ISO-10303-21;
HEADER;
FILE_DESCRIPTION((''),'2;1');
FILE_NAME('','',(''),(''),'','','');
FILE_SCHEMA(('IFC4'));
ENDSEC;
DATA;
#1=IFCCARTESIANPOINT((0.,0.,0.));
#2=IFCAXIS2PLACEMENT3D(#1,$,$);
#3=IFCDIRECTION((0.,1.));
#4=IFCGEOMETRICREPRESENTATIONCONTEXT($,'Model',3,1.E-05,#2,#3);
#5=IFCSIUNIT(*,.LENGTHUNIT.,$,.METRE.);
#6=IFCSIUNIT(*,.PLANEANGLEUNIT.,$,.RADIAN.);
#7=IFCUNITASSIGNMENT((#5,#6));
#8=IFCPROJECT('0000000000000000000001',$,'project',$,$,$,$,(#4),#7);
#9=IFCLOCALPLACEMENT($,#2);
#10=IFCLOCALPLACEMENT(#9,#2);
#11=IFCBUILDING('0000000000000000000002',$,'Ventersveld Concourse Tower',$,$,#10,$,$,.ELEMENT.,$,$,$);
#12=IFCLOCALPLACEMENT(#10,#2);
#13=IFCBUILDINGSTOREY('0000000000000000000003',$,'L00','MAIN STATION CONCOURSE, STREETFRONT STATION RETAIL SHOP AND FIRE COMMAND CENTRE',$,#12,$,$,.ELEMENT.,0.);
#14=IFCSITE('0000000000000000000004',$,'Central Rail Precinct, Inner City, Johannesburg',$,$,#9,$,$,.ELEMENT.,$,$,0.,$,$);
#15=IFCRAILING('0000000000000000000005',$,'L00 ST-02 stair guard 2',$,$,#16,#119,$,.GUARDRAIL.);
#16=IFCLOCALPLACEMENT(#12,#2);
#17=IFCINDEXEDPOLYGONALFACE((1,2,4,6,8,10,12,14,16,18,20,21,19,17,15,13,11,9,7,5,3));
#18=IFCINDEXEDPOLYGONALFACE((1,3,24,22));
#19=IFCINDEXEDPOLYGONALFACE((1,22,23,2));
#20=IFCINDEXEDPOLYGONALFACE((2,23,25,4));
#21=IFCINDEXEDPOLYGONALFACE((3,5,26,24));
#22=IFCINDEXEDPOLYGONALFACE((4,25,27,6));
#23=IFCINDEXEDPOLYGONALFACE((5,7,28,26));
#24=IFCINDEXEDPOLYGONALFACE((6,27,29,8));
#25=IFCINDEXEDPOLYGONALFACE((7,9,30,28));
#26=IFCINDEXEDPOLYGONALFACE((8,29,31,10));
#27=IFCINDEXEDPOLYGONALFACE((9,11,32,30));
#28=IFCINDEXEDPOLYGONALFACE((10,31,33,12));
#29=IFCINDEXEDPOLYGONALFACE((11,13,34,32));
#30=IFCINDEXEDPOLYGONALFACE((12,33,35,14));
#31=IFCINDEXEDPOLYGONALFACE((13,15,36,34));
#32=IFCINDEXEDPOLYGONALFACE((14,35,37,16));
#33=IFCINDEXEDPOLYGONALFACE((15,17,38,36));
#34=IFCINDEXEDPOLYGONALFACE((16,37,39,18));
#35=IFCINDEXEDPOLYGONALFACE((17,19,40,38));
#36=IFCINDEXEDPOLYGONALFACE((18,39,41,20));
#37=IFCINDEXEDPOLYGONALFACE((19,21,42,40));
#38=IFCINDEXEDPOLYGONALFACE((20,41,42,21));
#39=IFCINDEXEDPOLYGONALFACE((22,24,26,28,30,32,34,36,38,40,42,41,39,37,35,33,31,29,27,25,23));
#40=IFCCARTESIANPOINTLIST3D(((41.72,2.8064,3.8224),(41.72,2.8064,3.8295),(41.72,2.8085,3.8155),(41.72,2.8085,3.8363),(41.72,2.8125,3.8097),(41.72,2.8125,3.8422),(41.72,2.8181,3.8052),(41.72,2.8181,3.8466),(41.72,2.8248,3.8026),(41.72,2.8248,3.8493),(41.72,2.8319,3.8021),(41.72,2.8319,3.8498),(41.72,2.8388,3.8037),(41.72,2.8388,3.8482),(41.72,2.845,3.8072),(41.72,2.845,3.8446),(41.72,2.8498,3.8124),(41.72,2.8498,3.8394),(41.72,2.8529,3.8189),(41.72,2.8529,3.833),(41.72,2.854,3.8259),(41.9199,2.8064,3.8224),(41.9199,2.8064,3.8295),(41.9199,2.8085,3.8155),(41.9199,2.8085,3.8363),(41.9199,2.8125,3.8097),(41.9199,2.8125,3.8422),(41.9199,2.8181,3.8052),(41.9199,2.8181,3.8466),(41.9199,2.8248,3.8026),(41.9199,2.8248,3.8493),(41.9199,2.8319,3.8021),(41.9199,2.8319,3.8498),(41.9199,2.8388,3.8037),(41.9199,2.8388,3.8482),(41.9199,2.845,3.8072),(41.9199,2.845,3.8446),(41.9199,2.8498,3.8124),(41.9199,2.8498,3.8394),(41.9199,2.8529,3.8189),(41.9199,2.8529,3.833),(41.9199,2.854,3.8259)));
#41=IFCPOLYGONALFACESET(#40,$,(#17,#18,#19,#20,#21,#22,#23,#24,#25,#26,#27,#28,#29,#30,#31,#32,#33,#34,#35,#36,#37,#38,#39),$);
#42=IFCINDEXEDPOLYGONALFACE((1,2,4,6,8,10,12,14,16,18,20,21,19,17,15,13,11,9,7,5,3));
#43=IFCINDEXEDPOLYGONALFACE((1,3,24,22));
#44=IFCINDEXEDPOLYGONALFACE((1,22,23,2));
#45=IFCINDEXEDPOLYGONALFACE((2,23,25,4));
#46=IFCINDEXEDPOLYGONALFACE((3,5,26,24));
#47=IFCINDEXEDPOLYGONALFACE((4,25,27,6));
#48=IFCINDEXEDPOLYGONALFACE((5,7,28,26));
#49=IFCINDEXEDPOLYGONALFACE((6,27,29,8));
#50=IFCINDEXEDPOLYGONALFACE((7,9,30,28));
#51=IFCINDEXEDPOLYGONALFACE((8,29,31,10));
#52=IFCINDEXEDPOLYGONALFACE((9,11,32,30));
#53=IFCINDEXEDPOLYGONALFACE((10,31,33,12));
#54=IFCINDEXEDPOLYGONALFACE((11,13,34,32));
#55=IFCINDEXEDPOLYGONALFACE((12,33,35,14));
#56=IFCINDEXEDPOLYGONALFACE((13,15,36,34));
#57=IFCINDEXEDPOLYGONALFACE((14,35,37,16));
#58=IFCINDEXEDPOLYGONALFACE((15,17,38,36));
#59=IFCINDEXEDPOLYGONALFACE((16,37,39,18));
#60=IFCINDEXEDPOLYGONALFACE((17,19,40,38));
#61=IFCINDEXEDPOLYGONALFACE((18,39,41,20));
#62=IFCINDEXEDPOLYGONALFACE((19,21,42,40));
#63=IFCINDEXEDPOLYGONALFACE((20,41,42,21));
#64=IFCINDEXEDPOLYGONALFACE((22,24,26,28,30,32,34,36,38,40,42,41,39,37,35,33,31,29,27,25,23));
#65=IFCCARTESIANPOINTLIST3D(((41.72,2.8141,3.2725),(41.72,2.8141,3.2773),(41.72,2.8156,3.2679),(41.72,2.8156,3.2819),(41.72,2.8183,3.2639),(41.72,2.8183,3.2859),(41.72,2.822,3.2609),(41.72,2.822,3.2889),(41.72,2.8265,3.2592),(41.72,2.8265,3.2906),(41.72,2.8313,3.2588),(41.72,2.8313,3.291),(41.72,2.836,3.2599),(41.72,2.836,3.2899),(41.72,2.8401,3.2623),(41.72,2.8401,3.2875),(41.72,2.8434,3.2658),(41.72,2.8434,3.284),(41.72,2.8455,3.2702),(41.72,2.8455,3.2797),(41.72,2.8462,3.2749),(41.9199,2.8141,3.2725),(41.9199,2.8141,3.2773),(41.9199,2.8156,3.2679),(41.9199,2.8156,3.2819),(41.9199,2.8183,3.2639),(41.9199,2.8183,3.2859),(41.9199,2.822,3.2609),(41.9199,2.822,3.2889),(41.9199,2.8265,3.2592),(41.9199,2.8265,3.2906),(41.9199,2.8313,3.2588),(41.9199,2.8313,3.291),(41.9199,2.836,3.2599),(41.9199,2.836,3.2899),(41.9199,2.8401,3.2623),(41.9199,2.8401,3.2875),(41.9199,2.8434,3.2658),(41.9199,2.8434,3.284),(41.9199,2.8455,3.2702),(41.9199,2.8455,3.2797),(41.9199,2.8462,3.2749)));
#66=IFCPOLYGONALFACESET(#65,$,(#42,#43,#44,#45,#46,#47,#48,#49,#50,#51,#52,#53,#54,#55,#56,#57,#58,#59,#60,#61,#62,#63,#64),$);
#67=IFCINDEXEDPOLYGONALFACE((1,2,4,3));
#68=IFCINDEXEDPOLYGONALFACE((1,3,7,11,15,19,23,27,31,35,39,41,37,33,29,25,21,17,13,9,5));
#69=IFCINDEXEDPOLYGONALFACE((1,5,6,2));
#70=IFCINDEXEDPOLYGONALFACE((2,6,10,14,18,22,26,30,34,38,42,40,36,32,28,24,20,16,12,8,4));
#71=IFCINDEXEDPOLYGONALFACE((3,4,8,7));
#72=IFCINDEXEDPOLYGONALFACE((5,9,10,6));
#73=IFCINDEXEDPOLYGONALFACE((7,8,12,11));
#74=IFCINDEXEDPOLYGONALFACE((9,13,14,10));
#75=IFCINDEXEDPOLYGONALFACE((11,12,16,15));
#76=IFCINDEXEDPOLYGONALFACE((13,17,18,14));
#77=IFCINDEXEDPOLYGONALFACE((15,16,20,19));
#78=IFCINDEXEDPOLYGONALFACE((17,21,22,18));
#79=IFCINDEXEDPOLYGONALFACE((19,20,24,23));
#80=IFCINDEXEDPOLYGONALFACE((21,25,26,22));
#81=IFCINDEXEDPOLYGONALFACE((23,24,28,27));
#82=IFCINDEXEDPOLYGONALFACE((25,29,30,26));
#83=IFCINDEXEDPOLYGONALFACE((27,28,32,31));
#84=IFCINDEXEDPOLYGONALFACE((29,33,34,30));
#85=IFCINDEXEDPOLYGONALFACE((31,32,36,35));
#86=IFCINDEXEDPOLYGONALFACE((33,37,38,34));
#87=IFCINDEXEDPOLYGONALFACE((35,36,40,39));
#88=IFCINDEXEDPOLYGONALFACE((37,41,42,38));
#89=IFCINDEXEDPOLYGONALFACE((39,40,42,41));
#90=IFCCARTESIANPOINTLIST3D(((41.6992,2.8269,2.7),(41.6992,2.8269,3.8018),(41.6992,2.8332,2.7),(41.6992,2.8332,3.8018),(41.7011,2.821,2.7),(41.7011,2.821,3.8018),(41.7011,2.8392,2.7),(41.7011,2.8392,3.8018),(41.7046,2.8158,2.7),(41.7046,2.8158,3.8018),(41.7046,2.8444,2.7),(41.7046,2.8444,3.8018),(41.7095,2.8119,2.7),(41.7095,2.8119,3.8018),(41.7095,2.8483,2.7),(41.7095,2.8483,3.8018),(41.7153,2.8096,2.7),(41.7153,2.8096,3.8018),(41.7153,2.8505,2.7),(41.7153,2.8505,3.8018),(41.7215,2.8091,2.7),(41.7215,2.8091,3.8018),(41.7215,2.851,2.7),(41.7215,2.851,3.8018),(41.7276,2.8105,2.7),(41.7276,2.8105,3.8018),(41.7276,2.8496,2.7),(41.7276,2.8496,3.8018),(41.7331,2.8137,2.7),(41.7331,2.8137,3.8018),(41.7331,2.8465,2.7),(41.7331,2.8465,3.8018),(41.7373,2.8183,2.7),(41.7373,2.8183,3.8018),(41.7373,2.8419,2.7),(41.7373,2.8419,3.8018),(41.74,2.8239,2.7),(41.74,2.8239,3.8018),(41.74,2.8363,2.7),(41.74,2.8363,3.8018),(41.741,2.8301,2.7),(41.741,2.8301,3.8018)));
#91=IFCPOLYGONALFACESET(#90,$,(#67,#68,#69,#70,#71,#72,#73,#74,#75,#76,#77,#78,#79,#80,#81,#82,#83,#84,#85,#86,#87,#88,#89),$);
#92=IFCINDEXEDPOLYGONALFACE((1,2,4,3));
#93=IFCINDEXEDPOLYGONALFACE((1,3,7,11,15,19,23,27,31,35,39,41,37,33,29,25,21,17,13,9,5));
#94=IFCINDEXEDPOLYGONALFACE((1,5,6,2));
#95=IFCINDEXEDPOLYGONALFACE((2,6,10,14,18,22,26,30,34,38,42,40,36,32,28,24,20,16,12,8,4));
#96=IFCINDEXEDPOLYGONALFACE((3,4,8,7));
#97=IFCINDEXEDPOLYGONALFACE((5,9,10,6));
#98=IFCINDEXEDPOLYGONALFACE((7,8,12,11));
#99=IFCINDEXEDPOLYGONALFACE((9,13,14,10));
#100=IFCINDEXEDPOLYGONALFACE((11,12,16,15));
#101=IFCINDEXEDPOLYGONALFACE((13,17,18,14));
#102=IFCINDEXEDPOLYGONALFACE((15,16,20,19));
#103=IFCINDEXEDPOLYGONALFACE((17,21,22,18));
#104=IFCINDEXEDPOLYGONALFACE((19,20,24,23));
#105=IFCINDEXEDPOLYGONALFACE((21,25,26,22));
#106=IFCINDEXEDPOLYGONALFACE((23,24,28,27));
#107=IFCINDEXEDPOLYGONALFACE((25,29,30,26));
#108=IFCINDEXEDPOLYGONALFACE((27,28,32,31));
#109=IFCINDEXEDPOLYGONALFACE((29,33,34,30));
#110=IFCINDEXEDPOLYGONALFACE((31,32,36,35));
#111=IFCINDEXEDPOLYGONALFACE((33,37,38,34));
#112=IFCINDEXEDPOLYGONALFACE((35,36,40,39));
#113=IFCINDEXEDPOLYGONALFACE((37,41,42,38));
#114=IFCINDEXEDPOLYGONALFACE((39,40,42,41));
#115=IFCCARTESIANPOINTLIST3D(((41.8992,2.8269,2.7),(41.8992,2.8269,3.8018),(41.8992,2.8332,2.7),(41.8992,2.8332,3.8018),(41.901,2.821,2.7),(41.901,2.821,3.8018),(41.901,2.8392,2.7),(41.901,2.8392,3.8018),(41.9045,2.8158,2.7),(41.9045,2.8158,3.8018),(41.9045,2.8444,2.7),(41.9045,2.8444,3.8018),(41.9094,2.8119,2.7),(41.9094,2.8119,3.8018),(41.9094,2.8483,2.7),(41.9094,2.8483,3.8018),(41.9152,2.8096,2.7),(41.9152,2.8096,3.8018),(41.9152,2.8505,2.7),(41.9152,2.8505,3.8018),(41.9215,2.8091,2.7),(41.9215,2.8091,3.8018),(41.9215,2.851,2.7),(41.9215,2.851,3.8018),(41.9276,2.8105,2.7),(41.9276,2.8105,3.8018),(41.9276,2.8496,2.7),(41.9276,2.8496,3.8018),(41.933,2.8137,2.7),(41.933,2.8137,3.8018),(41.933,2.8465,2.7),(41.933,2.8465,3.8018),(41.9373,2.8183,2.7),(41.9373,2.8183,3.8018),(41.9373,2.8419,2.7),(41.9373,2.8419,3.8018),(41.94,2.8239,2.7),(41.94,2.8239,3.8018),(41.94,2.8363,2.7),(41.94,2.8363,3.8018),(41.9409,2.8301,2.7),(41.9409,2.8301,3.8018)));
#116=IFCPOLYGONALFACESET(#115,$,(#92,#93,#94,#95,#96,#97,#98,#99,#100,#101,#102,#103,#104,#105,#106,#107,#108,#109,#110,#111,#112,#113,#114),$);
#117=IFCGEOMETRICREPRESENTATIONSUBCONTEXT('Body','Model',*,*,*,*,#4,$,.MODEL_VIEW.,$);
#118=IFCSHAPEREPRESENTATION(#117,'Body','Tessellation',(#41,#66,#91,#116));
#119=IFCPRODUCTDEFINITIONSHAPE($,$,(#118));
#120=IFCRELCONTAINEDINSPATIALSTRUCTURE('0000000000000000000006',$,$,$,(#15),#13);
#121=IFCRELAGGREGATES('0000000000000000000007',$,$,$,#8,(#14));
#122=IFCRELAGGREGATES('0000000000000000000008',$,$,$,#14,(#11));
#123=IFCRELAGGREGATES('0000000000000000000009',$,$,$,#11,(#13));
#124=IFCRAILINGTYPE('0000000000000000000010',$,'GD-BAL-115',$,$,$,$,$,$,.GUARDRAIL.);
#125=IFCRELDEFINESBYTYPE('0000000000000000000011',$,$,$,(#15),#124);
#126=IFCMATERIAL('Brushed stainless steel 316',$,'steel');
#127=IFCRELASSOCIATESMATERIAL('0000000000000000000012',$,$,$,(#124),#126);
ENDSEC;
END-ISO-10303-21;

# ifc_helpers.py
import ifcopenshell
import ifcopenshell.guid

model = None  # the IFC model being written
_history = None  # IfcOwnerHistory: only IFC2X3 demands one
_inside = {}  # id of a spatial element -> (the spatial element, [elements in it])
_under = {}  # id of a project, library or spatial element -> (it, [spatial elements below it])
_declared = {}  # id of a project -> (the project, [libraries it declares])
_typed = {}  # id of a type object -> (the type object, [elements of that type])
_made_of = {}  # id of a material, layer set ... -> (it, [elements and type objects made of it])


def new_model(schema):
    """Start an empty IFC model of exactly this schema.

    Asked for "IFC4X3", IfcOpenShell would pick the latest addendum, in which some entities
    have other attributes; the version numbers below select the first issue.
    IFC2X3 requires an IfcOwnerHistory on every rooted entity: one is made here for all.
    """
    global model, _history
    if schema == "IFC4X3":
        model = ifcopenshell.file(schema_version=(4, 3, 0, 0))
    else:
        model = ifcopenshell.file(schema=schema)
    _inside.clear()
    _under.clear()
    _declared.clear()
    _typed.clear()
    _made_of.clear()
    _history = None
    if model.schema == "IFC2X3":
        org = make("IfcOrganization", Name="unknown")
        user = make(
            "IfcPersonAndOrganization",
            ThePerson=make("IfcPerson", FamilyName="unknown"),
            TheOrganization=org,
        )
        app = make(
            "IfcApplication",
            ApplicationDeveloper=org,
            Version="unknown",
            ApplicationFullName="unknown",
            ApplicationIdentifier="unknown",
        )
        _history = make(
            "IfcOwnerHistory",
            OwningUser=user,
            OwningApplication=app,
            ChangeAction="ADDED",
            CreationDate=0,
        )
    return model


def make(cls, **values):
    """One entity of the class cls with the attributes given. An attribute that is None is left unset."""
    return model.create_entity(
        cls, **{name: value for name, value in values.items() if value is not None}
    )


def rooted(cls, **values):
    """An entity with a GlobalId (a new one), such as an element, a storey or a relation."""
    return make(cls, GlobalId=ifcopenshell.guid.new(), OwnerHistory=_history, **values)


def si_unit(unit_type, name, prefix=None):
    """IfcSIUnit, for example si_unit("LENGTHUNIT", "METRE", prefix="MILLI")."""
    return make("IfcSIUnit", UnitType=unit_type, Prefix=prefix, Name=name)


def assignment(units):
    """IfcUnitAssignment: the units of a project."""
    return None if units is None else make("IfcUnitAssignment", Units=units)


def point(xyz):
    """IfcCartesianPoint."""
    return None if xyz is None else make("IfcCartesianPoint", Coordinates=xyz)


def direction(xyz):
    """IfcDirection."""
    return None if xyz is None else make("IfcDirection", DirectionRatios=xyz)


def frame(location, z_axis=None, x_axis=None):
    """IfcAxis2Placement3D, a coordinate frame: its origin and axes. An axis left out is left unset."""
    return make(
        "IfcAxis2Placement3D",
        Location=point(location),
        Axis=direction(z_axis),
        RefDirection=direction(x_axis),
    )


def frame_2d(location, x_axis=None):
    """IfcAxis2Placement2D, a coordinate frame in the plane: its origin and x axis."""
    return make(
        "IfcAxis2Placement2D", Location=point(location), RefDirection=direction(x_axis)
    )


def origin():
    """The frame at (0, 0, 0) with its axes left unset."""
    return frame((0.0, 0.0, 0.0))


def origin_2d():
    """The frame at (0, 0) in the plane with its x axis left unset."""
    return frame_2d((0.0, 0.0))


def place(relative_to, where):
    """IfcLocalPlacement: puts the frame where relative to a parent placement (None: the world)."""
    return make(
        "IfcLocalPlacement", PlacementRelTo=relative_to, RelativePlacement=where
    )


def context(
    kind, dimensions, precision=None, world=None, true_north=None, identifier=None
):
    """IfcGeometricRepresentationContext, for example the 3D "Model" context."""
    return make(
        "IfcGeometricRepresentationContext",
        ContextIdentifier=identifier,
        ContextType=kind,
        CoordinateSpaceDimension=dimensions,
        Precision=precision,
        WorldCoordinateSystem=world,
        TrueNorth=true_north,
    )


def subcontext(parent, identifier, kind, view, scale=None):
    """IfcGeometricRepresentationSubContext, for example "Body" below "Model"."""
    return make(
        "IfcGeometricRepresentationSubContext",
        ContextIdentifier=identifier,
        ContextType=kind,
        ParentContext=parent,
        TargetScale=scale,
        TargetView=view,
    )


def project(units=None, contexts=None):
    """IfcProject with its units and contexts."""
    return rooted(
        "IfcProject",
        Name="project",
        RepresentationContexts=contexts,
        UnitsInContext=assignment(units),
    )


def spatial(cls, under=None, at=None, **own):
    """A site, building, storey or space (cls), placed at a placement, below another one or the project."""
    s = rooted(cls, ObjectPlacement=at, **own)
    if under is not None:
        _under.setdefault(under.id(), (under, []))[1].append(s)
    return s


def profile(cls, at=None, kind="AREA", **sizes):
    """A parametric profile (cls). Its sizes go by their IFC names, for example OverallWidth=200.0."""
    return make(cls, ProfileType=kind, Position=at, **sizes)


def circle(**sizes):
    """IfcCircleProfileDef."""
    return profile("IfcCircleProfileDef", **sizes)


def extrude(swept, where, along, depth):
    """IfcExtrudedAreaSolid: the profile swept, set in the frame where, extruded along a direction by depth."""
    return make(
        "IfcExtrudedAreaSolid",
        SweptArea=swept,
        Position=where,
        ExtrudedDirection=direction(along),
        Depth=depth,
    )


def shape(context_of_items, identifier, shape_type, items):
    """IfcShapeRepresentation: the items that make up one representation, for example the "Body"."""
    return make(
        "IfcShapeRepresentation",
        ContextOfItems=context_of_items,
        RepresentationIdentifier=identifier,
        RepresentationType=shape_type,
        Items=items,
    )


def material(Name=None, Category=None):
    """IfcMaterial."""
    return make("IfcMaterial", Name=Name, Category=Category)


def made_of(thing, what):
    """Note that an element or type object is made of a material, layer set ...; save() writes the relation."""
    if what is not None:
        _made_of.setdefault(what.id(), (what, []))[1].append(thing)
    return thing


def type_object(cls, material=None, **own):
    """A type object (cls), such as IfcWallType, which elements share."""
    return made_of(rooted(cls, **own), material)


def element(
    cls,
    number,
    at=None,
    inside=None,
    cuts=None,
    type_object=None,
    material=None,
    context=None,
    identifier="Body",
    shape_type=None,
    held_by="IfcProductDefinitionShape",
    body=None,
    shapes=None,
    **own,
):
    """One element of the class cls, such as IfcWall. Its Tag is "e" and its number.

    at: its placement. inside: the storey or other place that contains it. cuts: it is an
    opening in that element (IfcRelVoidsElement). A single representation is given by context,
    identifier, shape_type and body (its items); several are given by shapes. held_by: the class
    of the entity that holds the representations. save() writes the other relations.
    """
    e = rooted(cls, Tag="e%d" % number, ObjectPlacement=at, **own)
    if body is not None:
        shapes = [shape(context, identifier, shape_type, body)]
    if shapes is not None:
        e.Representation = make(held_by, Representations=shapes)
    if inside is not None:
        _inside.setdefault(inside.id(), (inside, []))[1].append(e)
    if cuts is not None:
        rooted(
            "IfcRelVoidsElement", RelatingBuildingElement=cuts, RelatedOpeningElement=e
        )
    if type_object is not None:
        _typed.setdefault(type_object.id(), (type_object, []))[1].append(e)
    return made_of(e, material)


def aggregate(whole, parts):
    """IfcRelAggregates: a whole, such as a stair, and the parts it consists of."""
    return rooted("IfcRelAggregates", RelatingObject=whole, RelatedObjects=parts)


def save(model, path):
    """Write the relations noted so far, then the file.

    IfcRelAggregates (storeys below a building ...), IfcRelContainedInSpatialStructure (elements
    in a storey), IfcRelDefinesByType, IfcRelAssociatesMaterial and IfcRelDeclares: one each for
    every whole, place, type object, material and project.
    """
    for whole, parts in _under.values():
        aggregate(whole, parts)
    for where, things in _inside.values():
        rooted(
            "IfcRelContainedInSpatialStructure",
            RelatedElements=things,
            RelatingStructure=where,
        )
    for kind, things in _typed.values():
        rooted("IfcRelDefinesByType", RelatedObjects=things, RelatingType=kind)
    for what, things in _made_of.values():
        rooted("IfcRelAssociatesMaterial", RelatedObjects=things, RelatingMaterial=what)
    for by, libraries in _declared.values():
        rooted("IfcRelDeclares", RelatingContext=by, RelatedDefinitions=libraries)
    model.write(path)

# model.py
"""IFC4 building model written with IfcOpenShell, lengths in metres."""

from ifc_helpers import new_model, si_unit, direction, frame, origin, origin_2d, place, context, subcontext, project, spatial, circle, extrude, material, type_object, element, save


model = new_model("IFC4")

# Units and contexts
model_context = context("Model", 3, precision=1e-05, world=origin(), true_north=direction((0.0, 1.0)))
body_context = subcontext(model_context, "Body", "Model", "MODEL_VIEW")
ifc_project = project(units=[si_unit("LENGTHUNIT", "METRE"), si_unit("PLANEANGLEUNIT", "RADIAN")], contexts=[model_context])

# Site, building, storey
site_placement = place(None, origin())
site = spatial("IfcSite", under=ifc_project, at=site_placement, Name="Central Rail Precinct, Inner City, Johannesburg", CompositionType="ELEMENT", RefElevation=0.0)
building_placement = place(site_placement, origin())
building = spatial("IfcBuilding", under=site, at=building_placement, Name="Ventersveld Concourse Tower", CompositionType="ELEMENT")
storey_placement = place(building_placement, origin())
storey = spatial("IfcBuildingStorey", under=building, at=storey_placement, Name="L00", Description="MAIN STATION CONCOURSE, STREETFRONT STATION RETAIL SHOP AND FIRE COMMAND CENTRE", CompositionType="ELEMENT", Elevation=0.0)

# Shared definitions
ifc_material_1 = material(Name="Brushed stainless steel 316", Category="steel")

# Railing
railing_type_1 = type_object("IfcRailingType", Name="GD-BAL-115", PredefinedType="GUARDRAIL", material=ifc_material_1)
railing_placement = place(storey_placement, frame((41.72, 2.8301, 2.7)))
element("IfcRailing", 1, at=railing_placement, inside=storey, type_object=railing_type_1, Name="L00 ST-02 stair guard 2", PredefinedType="GUARDRAIL", context=body_context, shape_type="SweptSolid", body=[
    extrude(circle(Radius=0.0239, at=origin_2d()), frame((0.0, 0.0, 1.126), z_axis=(1.0, 0.0, 0.0), x_axis=(0.0, 1.0, 0.0)), (0.0, 0.0, 1.0), 0.2),
    extrude(circle(Radius=0.0161, at=origin_2d()), frame((0.0, 0.0, 0.575), z_axis=(1.0, 0.0, 0.0), x_axis=(0.0, 1.0, 0.0)), (0.0, 0.0, 1.0), 0.2),
    extrude(circle(Radius=0.021, at=origin_2d()), origin(), (0.0, 0.0, 1.0), 1.1018),
    extrude(circle(Radius=0.021, at=origin_2d()), frame((0.2, 0.0, 0.0)), (0.0, 0.0, 1.0), 1.1018),
])

save(model, "model.ifc")
